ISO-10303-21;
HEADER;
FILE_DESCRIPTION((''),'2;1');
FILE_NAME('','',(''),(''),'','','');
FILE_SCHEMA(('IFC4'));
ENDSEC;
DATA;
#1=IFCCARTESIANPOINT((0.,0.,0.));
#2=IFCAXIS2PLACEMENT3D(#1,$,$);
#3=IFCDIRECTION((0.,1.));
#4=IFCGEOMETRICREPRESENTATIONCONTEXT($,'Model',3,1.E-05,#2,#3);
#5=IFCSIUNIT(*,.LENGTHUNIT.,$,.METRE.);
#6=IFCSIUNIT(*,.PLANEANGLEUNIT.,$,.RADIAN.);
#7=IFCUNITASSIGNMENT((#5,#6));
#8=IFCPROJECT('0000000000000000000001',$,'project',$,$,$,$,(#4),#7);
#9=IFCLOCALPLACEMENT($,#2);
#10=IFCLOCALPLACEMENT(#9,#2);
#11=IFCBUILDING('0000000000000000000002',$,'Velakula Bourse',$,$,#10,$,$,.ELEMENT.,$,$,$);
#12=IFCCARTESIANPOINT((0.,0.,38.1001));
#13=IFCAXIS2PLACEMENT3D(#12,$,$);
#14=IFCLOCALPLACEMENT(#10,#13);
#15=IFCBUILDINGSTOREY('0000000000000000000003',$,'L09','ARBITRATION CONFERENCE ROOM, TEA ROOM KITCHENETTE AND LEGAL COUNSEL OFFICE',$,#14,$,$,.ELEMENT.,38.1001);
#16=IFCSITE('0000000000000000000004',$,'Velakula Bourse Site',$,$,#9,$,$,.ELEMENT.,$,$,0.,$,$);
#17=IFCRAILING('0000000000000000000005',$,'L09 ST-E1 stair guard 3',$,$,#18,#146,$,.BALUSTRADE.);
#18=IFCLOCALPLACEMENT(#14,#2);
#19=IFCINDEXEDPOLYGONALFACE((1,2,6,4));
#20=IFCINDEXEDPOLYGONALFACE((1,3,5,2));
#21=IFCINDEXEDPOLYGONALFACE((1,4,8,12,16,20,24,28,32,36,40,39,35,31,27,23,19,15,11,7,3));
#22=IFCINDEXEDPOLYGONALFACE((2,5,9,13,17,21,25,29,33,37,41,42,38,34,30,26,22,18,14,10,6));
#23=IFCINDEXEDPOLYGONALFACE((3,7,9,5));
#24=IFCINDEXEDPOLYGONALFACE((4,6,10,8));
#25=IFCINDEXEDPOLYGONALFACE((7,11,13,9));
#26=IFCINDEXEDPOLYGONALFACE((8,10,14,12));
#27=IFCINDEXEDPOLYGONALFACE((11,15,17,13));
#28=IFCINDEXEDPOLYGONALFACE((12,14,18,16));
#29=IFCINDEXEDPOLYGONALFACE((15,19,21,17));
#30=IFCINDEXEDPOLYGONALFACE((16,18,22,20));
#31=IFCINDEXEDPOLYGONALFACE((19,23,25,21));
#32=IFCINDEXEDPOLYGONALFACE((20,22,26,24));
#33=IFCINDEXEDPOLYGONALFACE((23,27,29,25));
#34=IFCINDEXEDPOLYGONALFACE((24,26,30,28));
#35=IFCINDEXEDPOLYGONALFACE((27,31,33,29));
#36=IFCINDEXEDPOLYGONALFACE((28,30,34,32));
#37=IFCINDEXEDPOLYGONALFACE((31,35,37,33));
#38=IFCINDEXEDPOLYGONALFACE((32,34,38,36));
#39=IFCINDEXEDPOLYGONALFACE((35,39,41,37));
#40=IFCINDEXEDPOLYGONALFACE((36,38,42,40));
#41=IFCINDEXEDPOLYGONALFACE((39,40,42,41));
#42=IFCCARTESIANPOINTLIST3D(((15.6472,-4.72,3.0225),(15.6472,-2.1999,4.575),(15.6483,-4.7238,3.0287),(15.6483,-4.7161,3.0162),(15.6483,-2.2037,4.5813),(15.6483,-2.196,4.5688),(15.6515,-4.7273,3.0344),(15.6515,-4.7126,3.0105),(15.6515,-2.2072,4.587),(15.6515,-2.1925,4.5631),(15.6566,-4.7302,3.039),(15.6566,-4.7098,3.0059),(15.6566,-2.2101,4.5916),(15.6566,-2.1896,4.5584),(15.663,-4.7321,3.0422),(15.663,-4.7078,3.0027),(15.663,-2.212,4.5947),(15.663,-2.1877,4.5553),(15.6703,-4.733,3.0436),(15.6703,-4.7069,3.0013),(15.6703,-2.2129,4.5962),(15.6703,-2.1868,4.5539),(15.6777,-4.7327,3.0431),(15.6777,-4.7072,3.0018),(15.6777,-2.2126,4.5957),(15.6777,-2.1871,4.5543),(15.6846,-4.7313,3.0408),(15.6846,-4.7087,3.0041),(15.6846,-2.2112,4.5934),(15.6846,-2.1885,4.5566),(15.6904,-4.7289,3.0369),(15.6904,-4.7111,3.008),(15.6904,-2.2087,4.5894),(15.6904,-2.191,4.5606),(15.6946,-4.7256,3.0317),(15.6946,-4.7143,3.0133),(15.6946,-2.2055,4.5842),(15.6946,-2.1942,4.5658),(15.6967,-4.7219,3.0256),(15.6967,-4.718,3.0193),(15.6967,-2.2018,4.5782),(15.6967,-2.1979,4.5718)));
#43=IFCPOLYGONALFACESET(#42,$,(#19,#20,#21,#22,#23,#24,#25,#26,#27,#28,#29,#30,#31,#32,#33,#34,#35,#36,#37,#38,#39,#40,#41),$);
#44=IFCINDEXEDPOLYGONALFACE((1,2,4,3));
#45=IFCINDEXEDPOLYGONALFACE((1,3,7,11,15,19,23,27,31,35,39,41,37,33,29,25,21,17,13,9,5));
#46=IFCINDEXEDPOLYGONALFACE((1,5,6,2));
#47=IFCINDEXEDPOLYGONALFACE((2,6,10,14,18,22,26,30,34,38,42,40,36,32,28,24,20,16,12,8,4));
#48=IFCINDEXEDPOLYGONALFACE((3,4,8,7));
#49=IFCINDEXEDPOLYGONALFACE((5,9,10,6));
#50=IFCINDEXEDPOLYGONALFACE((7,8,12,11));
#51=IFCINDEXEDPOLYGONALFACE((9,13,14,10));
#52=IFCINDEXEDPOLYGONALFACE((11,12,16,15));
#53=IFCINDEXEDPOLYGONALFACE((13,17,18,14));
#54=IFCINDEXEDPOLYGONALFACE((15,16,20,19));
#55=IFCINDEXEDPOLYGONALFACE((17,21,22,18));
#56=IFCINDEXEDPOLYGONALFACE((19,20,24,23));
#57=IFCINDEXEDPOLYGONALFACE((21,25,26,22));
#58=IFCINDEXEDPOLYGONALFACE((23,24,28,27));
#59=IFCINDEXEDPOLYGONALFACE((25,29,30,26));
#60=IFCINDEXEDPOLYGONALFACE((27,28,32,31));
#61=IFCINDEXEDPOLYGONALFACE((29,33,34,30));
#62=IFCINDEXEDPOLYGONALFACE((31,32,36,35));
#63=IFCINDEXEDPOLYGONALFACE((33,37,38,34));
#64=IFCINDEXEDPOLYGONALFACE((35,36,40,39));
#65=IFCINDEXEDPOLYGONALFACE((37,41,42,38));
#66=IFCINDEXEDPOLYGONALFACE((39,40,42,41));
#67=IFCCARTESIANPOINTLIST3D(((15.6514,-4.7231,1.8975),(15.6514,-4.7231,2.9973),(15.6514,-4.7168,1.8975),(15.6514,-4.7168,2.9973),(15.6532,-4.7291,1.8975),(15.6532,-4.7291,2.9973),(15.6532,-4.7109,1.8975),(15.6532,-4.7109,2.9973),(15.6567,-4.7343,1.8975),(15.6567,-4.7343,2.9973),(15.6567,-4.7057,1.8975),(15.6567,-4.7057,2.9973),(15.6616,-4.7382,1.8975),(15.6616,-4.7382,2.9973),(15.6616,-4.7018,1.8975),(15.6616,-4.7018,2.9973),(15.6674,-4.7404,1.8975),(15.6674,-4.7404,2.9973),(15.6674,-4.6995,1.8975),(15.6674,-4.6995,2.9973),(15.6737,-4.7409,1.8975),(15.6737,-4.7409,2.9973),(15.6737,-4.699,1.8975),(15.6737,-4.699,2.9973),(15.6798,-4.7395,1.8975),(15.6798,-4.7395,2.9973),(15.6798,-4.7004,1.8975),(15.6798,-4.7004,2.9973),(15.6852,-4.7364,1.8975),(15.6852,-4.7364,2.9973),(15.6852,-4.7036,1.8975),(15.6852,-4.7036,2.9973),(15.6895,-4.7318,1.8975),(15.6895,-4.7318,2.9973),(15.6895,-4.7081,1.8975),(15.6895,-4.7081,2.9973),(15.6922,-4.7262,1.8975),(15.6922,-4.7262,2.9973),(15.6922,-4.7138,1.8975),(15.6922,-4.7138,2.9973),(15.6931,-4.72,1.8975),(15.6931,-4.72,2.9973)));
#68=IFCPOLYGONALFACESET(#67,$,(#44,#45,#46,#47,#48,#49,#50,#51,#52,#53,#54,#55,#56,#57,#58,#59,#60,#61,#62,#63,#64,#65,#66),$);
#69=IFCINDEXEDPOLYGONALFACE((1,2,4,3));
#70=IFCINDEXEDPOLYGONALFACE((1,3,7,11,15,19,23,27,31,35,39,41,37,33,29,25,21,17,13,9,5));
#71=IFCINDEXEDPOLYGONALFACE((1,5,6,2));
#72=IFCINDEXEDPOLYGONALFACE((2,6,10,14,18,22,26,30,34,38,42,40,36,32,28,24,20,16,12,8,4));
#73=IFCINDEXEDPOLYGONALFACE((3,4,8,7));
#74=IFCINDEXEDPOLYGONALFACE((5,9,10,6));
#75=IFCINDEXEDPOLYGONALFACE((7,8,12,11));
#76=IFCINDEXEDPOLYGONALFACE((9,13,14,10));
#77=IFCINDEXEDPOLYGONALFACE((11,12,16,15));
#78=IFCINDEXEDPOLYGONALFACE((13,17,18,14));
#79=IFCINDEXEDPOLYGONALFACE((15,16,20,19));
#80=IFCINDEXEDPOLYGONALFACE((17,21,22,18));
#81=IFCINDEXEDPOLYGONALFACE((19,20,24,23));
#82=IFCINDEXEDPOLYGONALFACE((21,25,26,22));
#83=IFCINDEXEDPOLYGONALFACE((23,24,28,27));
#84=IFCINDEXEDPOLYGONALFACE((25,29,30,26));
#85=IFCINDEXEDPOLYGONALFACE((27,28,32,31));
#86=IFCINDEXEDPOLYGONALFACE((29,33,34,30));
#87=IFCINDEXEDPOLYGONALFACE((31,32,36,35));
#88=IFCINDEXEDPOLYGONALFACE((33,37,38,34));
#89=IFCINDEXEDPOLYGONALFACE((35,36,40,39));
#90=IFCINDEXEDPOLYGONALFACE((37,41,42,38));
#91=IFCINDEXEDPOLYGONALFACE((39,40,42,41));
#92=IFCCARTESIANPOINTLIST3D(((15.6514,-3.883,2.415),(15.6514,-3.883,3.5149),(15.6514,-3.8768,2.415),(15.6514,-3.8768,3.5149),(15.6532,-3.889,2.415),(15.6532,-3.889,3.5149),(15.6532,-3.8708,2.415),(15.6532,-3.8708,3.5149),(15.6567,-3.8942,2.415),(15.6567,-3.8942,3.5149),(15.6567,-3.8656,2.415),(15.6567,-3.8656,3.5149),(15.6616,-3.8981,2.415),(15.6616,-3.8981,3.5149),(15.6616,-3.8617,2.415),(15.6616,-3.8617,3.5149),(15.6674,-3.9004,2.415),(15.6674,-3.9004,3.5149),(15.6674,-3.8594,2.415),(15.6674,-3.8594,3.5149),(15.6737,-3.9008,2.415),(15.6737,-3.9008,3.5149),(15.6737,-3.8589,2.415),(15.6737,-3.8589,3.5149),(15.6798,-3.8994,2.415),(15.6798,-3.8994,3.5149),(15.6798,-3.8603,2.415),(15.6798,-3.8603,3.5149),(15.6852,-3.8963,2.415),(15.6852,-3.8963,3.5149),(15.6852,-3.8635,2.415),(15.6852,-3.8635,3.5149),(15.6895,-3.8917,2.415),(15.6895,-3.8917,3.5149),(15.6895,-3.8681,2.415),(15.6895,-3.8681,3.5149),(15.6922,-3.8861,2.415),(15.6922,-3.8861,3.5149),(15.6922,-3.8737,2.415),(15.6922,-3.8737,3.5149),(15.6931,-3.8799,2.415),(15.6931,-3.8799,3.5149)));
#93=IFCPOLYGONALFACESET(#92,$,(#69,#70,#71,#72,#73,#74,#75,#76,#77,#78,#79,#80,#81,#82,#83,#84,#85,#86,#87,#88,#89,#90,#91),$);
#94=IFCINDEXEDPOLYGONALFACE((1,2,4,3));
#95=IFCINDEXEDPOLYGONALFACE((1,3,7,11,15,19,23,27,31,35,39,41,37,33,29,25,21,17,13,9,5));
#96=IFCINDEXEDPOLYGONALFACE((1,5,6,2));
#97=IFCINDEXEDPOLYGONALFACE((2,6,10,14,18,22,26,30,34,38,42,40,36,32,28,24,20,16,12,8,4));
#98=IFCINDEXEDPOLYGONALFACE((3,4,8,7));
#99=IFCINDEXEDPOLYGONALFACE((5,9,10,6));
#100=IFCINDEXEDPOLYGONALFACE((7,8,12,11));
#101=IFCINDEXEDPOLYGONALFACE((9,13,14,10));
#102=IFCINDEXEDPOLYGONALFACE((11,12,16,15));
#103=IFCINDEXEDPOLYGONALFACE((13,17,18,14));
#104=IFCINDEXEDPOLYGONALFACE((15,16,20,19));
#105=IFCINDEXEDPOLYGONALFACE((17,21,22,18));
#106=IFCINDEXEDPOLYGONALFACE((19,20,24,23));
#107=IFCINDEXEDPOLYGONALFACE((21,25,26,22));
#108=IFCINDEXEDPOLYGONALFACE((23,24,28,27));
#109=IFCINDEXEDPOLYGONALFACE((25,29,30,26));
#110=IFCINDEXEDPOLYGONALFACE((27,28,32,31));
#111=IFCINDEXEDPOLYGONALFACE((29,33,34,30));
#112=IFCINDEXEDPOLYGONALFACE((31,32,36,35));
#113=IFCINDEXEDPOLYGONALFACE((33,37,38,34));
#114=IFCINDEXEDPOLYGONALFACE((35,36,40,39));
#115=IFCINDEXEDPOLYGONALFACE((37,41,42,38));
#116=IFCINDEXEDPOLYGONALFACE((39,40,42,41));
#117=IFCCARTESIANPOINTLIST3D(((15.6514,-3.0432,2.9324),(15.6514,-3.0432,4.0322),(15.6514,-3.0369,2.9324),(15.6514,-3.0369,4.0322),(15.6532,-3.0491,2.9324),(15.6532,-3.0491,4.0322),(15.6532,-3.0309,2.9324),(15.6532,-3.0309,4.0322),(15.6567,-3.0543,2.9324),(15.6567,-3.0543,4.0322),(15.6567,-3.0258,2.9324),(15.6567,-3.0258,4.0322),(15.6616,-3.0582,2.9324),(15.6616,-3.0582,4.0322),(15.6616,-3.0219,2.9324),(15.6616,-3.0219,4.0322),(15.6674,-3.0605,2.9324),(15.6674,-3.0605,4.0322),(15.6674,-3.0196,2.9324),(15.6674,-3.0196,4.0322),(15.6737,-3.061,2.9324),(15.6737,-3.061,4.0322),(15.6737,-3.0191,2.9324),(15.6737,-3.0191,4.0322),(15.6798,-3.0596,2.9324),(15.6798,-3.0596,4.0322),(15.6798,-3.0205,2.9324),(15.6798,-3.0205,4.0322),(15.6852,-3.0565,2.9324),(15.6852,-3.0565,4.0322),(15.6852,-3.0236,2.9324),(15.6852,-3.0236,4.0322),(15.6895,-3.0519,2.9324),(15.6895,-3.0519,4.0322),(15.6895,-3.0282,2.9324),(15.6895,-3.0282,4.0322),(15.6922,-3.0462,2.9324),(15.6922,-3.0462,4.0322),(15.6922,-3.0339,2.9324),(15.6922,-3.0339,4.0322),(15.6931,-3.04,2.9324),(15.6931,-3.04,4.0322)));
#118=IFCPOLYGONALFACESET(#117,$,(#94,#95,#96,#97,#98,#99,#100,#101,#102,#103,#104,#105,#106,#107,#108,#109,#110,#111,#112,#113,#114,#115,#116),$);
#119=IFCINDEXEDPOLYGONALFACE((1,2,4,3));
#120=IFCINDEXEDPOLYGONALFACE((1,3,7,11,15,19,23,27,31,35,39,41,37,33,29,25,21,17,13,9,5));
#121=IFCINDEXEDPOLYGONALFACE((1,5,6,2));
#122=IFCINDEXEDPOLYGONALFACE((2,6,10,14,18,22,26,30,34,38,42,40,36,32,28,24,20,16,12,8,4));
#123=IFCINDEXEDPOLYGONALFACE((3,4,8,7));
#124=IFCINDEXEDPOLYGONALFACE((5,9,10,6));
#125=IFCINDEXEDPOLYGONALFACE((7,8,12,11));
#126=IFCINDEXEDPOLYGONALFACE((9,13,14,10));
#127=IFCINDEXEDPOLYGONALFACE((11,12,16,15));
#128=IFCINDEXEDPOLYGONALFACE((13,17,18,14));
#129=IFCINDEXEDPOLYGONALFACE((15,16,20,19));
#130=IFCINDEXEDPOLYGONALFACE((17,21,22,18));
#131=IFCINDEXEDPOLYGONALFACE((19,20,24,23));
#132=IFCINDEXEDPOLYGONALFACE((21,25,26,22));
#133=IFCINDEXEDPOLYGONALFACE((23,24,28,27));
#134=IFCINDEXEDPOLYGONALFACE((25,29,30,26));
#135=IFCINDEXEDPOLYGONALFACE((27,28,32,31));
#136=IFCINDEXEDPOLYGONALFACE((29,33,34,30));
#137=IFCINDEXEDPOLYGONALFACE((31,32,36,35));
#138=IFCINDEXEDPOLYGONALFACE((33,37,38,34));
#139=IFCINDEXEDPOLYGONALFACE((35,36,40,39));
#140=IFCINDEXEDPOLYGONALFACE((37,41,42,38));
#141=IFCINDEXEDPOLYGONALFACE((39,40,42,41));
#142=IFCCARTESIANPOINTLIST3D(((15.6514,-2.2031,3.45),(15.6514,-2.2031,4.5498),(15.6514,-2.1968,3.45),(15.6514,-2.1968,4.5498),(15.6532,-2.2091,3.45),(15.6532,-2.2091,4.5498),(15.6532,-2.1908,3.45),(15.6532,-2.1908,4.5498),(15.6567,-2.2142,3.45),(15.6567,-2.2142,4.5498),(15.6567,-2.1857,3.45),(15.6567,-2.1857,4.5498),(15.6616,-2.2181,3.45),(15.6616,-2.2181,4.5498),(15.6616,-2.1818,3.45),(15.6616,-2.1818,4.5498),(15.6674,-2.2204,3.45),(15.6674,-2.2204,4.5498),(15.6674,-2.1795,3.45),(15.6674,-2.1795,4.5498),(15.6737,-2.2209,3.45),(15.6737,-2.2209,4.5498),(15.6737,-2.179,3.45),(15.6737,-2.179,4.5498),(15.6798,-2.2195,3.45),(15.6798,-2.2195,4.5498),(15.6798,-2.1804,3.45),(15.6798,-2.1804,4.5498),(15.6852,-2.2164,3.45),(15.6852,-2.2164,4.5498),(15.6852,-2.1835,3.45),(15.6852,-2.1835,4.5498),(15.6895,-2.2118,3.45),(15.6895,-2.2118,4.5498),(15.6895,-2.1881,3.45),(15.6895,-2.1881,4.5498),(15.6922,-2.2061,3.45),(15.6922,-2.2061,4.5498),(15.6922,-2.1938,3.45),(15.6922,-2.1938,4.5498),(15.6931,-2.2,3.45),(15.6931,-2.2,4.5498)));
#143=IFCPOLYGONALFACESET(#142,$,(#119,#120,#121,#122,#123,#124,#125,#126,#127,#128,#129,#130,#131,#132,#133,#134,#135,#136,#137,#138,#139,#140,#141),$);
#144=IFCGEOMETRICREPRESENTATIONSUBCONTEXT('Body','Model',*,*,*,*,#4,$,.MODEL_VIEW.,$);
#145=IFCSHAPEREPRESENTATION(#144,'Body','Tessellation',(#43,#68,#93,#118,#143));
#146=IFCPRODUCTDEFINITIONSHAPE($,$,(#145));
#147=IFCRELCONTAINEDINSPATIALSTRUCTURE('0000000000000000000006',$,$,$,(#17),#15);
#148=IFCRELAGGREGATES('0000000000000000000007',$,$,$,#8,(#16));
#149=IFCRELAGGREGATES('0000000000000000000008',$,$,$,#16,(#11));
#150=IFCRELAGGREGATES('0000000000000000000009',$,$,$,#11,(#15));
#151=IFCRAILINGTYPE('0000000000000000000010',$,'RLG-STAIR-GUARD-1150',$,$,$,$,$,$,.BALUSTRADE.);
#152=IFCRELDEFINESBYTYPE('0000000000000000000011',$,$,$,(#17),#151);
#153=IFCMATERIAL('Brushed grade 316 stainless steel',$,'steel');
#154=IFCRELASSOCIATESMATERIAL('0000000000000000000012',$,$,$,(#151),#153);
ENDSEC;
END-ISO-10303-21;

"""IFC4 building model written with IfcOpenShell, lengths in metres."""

from ifc_helpers import new_model, si_unit, direction, frame, origin, origin_2d, place, context, subcontext, project, spatial, circle, extrude, material, type_object, element, save


model = new_model("IFC4")

# Units and contexts
model_context = context("Model", 3, precision=1e-05, world=origin(), true_north=direction((0.0, 1.0)))
body_context = subcontext(model_context, "Body", "Model", "MODEL_VIEW")
ifc_project = project(units=[si_unit("LENGTHUNIT", "METRE"), si_unit("PLANEANGLEUNIT", "RADIAN")], contexts=[model_context])

# Site, building, storey
site_placement = place(None, origin())
site = spatial("IfcSite", under=ifc_project, at=site_placement, Name="Velakula Bourse Site", CompositionType="ELEMENT", RefElevation=0.0)
building_placement = place(site_placement, origin())
building = spatial("IfcBuilding", under=site, at=building_placement, Name="Velakula Bourse", CompositionType="ELEMENT")
storey_placement = place(building_placement, frame((0.0, 0.0, 38.1001)))
storey = spatial("IfcBuildingStorey", under=building, at=storey_placement, Name="L09", Description="ARBITRATION CONFERENCE ROOM, TEA ROOM KITCHENETTE AND LEGAL COUNSEL OFFICE", CompositionType="ELEMENT", Elevation=38.1001)

# Shared definitions
ifc_material_1 = material(Name="Brushed grade 316 stainless steel", Category="steel")

# Railing
railing_type_1 = type_object("IfcRailingType", Name="RLG-STAIR-GUARD-1150", PredefinedType="BALUSTRADE", material=ifc_material_1)
railing_1_placement = place(storey_placement, frame((15.6721, -4.72, 1.8975)))
element("IfcRailing", 1, at=railing_1_placement, inside=storey, type_object=railing_type_1, Name="L09 ST-E1 stair guard 3", PredefinedType="BALUSTRADE", context=body_context, shape_type="SweptSolid", body=[
    extrude(circle(Radius=0.0249, at=origin_2d()), frame((0.0, 0.0, 1.125), z_axis=(0.0, 0.8514, 0.524516), x_axis=(-1.0, 0.0, 0.0)), (0.0, 0.0, 1.0), 2.96),
    extrude(circle(Radius=0.021, at=origin_2d()), origin(), (0.0, 0.0, 1.0), 1.0999),
    extrude(circle(Radius=0.021, at=origin_2d()), frame((0.0, 0.8401, 0.5176)), (0.0, 0.0, 1.0), 1.0999),
    extrude(circle(Radius=0.021, at=origin_2d()), frame((0.0, 1.6799, 1.0349)), (0.0, 0.0, 1.0), 1.0999),
    extrude(circle(Radius=0.021, at=origin_2d()), frame((0.0, 2.52, 1.5525)), (0.0, 0.0, 1.0), 1.0999),
])

save(model, "model.ifc")
